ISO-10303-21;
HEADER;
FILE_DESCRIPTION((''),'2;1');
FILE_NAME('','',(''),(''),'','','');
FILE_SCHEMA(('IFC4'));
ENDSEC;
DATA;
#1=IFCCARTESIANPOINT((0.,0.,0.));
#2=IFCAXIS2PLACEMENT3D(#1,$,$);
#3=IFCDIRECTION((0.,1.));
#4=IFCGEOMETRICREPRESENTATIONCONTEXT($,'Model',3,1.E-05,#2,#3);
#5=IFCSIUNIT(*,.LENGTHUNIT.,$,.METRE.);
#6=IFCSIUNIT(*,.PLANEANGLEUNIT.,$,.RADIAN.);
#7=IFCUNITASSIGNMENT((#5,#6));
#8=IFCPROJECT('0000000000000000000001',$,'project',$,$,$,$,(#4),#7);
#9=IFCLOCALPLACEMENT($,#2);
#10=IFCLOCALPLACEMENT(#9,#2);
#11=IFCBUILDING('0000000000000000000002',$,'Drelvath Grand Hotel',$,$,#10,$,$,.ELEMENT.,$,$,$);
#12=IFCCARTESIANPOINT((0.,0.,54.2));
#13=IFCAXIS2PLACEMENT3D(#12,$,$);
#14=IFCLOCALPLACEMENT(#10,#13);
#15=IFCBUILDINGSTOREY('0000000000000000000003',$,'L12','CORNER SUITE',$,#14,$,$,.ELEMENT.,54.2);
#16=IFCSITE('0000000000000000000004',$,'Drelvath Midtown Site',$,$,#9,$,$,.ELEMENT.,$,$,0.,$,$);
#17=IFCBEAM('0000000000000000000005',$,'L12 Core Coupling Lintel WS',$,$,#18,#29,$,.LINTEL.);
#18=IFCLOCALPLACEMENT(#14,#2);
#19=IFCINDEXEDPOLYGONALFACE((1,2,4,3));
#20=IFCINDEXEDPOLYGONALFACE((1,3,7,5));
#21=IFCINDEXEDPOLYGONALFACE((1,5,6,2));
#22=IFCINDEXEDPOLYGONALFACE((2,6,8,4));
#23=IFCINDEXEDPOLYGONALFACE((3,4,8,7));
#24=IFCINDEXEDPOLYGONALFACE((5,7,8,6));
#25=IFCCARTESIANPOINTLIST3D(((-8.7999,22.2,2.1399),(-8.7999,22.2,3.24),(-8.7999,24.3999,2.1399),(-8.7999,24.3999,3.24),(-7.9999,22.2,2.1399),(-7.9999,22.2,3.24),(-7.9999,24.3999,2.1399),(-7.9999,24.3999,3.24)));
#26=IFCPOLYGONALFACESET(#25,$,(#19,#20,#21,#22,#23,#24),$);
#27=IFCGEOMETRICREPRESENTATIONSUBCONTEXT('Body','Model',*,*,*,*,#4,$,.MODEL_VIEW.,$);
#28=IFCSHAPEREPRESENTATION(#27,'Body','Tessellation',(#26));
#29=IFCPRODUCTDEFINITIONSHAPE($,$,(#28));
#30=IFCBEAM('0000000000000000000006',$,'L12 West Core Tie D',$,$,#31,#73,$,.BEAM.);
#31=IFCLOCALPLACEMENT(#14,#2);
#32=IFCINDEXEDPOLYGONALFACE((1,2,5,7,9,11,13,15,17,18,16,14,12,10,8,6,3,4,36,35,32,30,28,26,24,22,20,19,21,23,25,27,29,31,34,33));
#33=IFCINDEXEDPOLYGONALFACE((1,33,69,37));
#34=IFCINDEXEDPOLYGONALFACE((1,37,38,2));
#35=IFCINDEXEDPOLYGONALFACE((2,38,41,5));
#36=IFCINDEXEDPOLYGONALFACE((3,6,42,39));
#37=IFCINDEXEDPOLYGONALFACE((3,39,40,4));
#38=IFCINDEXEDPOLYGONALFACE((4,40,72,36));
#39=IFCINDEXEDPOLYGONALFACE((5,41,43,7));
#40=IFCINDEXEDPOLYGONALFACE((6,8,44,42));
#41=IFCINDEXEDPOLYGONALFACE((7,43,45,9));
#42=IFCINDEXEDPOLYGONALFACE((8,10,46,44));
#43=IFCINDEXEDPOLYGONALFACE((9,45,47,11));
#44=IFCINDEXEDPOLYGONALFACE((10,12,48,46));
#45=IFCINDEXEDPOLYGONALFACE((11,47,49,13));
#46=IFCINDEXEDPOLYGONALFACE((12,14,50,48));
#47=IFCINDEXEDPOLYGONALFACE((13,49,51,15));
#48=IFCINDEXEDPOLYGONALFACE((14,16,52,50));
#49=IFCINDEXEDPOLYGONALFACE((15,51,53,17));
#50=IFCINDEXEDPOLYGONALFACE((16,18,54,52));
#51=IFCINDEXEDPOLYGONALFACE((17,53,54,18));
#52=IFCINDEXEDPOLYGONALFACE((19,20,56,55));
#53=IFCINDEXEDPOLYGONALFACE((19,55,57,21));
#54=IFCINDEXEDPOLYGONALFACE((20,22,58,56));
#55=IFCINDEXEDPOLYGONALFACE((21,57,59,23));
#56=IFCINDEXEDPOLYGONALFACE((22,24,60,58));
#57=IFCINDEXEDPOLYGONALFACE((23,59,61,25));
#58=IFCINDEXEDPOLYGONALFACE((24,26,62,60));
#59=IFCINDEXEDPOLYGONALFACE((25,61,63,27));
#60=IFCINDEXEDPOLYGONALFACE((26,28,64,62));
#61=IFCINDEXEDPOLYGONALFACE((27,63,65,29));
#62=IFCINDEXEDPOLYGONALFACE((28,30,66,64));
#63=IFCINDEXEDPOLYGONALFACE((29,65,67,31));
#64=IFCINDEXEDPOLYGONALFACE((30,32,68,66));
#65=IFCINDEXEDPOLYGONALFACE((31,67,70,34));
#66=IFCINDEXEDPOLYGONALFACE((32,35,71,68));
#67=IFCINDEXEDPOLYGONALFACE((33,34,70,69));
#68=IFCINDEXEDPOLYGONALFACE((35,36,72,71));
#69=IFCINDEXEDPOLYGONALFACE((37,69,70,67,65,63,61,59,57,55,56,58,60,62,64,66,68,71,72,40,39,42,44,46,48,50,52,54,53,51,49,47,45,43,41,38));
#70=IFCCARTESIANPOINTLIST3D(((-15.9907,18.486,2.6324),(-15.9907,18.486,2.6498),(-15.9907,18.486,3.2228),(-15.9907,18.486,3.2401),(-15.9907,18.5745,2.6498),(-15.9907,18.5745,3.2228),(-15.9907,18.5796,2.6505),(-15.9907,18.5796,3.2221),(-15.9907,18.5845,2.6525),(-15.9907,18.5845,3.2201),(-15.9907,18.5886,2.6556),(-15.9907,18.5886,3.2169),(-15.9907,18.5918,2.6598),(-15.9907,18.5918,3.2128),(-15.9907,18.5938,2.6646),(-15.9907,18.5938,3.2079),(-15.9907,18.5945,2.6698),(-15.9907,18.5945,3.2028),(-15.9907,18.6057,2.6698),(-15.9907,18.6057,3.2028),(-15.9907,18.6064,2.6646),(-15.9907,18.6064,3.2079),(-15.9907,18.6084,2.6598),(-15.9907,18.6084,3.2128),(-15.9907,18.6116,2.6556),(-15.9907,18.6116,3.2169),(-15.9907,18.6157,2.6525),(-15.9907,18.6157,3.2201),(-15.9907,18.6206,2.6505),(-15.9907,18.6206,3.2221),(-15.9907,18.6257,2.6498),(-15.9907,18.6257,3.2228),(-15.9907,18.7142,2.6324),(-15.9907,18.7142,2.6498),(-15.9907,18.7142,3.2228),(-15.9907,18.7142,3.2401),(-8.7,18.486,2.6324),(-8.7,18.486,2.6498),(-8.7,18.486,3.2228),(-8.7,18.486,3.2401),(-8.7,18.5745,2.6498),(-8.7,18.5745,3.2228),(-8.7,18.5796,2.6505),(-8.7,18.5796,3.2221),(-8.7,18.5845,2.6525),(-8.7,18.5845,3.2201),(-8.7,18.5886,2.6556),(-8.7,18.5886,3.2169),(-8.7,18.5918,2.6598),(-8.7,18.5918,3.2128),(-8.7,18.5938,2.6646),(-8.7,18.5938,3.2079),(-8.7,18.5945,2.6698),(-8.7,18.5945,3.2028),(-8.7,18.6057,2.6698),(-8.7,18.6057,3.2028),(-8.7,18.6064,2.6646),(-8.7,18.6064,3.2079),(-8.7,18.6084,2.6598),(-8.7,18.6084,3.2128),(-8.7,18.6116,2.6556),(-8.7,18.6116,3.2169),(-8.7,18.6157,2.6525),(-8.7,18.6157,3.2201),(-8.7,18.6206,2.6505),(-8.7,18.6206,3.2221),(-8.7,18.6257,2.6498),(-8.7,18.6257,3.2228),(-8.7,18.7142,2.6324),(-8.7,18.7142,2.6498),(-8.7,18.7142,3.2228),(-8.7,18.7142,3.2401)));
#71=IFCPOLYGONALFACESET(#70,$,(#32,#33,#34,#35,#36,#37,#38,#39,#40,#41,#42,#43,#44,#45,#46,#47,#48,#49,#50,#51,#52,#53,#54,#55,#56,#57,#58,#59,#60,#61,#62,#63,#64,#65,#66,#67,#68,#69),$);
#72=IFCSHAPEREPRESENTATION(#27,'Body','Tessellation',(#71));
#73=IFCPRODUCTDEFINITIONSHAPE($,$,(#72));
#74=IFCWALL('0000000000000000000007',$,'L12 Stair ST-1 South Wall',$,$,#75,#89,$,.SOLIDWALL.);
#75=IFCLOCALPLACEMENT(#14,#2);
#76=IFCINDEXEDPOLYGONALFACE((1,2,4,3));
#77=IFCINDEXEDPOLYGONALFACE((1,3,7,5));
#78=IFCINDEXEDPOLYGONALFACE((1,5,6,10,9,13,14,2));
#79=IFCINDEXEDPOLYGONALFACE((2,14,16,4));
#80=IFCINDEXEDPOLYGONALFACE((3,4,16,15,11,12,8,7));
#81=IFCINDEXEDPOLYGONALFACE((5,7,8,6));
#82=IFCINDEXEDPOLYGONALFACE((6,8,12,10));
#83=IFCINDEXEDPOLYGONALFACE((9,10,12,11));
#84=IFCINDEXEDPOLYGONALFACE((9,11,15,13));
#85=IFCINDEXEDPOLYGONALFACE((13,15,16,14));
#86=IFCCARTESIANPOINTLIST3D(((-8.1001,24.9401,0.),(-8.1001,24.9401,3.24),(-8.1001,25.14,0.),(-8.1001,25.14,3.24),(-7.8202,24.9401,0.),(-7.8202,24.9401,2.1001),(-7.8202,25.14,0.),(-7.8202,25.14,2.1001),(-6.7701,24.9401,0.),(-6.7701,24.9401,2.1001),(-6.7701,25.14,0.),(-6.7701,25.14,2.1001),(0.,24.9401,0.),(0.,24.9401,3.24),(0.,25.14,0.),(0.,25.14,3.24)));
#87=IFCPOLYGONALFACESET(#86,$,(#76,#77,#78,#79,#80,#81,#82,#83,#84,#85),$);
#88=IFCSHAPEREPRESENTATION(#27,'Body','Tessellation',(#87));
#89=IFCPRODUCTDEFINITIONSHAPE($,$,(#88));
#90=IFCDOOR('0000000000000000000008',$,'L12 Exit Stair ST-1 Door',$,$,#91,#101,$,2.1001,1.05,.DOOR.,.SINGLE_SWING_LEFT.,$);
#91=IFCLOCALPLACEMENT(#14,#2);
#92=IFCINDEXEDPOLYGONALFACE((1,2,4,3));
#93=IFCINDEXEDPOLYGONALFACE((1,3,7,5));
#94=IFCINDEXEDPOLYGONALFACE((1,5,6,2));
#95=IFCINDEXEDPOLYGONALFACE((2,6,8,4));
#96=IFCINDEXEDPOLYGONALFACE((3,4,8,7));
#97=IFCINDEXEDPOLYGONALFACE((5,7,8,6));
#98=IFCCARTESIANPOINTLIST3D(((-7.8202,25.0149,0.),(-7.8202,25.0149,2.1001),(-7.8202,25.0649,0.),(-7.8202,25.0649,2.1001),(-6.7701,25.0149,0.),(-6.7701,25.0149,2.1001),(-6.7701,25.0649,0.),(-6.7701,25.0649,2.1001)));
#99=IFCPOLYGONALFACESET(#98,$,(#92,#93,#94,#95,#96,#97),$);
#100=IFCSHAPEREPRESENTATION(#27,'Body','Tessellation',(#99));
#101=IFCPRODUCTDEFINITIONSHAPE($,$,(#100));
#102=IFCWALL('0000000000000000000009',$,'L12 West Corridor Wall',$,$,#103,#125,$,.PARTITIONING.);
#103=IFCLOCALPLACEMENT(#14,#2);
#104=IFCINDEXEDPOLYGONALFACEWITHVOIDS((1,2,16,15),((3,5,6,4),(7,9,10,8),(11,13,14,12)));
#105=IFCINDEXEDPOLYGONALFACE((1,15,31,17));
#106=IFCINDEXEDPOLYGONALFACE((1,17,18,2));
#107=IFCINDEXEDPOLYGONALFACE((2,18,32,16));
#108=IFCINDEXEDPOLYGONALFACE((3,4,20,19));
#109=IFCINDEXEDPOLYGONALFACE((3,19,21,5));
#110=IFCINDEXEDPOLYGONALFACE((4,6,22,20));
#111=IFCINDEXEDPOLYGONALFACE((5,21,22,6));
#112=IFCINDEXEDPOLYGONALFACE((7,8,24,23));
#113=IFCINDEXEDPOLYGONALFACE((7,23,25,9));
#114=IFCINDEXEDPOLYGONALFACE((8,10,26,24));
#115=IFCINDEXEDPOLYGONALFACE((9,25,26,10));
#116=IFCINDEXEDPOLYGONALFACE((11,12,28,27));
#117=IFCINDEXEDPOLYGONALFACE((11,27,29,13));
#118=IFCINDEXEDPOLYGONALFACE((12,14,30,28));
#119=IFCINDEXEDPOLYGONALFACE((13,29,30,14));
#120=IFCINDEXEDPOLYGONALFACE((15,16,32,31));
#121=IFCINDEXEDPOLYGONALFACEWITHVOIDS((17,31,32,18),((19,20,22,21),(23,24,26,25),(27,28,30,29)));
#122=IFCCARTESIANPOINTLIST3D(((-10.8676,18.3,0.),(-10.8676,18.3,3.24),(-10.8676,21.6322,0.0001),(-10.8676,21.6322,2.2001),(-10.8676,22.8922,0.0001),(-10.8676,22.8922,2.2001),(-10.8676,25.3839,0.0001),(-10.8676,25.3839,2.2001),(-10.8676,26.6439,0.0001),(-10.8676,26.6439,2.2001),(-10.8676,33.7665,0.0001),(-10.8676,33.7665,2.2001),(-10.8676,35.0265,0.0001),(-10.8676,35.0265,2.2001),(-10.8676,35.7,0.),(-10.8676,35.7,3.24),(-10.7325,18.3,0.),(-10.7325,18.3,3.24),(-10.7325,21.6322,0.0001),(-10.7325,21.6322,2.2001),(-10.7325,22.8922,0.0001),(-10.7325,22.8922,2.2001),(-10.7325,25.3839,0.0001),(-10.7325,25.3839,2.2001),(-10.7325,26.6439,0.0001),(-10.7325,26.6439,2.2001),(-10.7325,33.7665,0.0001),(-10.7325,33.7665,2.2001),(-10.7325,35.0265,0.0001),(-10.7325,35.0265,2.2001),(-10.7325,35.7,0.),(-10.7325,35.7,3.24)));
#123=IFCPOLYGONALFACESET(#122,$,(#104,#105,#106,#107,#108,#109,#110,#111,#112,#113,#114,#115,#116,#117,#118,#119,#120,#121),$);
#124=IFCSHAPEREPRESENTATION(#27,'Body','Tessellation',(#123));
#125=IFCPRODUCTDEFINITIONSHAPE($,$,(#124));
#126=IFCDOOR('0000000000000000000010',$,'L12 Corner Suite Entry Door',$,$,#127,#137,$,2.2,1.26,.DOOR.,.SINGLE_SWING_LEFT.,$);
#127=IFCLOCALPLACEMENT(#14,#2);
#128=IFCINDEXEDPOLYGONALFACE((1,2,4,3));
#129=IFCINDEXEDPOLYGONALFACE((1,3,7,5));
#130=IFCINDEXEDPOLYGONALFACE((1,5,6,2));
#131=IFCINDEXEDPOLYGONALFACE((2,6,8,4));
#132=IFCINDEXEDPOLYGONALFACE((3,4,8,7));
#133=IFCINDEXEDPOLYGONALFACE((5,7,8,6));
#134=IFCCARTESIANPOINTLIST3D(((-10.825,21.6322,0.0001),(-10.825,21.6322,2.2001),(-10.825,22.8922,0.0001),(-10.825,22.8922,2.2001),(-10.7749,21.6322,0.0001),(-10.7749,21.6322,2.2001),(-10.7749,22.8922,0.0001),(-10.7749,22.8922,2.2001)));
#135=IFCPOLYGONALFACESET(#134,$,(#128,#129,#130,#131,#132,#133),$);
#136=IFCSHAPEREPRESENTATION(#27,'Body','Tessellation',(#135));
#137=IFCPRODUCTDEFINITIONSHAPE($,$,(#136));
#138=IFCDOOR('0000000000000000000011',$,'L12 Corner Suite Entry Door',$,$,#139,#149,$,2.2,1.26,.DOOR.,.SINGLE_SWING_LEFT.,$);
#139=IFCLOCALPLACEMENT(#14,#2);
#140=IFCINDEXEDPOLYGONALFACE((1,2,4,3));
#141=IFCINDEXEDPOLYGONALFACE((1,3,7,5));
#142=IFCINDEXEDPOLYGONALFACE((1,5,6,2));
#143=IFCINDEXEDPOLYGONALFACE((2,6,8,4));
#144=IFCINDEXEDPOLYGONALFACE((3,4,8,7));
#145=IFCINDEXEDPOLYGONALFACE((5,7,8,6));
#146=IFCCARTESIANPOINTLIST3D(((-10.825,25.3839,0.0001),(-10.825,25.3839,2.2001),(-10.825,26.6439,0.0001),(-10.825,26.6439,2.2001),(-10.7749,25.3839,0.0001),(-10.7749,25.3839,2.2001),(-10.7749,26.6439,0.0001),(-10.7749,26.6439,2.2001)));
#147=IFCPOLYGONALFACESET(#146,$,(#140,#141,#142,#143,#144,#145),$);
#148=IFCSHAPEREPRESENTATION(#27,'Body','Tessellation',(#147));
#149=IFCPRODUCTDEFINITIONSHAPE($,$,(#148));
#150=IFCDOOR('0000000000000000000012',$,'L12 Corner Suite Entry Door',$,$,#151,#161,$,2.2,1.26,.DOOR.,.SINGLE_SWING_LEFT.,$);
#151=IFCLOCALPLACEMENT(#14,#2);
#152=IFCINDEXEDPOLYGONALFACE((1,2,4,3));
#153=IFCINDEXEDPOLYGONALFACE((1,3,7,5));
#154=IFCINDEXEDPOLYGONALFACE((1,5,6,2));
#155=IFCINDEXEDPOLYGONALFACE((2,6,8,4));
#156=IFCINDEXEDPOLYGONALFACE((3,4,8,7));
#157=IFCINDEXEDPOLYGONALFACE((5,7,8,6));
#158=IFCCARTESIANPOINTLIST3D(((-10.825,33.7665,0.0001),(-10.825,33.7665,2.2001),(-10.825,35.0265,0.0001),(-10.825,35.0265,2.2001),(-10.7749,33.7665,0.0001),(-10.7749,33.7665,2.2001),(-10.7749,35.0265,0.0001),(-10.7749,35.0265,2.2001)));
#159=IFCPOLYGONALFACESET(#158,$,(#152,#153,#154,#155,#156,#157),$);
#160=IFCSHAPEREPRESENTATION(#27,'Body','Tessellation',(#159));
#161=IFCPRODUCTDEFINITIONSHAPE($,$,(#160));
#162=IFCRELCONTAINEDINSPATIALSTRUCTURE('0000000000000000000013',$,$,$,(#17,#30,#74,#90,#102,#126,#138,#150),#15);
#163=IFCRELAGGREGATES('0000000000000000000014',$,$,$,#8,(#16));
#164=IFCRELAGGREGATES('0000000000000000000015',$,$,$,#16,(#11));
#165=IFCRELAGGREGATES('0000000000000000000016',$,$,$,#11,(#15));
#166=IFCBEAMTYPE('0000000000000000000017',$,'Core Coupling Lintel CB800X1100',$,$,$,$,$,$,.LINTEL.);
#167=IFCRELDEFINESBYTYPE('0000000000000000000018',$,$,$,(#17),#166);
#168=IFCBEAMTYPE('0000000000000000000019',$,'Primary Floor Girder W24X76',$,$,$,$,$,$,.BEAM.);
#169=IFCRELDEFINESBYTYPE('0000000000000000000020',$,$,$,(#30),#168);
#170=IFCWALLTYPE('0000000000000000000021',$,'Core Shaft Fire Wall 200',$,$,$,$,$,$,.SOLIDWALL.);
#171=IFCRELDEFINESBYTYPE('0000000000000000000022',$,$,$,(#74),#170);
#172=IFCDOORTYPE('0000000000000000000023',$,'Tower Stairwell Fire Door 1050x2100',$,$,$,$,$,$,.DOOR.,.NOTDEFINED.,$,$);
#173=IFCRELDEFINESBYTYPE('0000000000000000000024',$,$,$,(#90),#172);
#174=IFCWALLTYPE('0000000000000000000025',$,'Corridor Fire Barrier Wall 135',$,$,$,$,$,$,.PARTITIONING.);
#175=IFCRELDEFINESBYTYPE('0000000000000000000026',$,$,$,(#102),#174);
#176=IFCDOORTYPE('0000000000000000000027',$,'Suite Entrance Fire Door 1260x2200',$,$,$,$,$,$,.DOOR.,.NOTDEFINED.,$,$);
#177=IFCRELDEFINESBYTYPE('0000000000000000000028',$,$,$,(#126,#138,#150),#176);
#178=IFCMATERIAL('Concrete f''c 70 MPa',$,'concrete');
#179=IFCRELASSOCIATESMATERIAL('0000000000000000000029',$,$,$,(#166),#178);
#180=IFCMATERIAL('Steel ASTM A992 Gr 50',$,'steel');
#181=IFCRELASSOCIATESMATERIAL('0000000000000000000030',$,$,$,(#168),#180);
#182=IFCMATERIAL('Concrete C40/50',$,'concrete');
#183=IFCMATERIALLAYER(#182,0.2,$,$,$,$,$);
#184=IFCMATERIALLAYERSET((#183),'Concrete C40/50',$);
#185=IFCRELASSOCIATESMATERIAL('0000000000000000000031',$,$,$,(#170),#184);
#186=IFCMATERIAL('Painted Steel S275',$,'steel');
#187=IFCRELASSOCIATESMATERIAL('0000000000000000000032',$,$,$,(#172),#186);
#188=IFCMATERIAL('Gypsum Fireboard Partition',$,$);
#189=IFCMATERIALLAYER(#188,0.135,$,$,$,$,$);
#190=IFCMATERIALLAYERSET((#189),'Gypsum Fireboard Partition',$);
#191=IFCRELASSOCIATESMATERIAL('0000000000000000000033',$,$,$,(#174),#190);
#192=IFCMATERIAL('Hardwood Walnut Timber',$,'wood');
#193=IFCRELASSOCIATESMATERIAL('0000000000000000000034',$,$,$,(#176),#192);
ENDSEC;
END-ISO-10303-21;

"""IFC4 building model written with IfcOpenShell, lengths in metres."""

from ifc_helpers import new_model, si_unit, direction, frame, frame_2d, origin, origin_2d, place, context, subcontext, project, spatial, rectangle, i_section, extrude, material, layer, layer_set, material_profile, profile_set, type_object, element, fill, save


model = new_model("IFC4")

# Units and contexts
model_context = context("Model", 3, precision=1e-05, world=origin(), true_north=direction((0.0, 1.0)))
body_context = subcontext(model_context, "Body", "Model", "MODEL_VIEW")
ifc_project = project(units=[si_unit("LENGTHUNIT", "METRE"), si_unit("PLANEANGLEUNIT", "RADIAN")], contexts=[model_context])

# Site, building, storey
site_placement = place(None, origin())
site = spatial("IfcSite", under=ifc_project, at=site_placement, Name="Drelvath Midtown Site", CompositionType="ELEMENT", RefElevation=0.0)
building_placement = place(site_placement, origin())
building = spatial("IfcBuilding", under=site, at=building_placement, Name="Drelvath Grand Hotel", CompositionType="ELEMENT")
storey_placement = place(building_placement, frame((0.0, 0.0, 54.2)))
storey = spatial("IfcBuildingStorey", under=building, at=storey_placement, Name="L12", Description="CORNER SUITE", CompositionType="ELEMENT", Elevation=54.2)

# Beams
ifc_material_1 = material(Name="Concrete f'c 70 MPa", Category="concrete")
ifc_material_profile_1 = material_profile(ifc_material_1, rectangle(XDim=0.8, YDim=1.1001, at=origin_2d()), Name="CB800X1100")
ifc_profile_set_1 = profile_set([ifc_material_profile_1], Name="Concrete f'c 70 MPa")
beam_type_1 = type_object("IfcBeamType", Name="Core Coupling Lintel CB800X1100", PredefinedType="LINTEL", material=ifc_profile_set_1)
beam_1_placement = place(storey_placement, frame((-8.3999, 22.2, 2.6899), z_axis=(0.0, 1.0, 0.0), x_axis=(-1.0, 0.0, 0.0)))
element("IfcBeam", 1, at=beam_1_placement, inside=storey, type_object=beam_type_1, Name="L12 Core Coupling Lintel WS", PredefinedType="LINTEL", context=body_context, shape_type="SweptSolid", body=[
    extrude(rectangle(XDim=0.8, YDim=1.1001, at=origin_2d()), origin(), (0.0, 0.0, 1.0), 2.2),
])
ifc_material_2 = material(Name="Steel ASTM A992 Gr 50", Category="steel")
ifc_material_profile_2 = material_profile(ifc_material_2, i_section(OverallWidth=0.2283, OverallDepth=0.6077, WebThickness=0.0112, FlangeThickness=0.0173, FilletRadius=0.02, at=origin_2d()), Name="W24X76")
ifc_profile_set_2 = profile_set([ifc_material_profile_2], Name="Steel ASTM A992 Gr 50")
beam_type_2 = type_object("IfcBeamType", Name="Primary Floor Girder W24X76", PredefinedType="BEAM", material=ifc_profile_set_2)
beam_2_placement = place(storey_placement, frame((-15.9907, 18.6001, 2.9363), z_axis=(1.0, 0.0, 0.0), x_axis=(0.0, 1.0, 0.0)))
element("IfcBeam", 2, at=beam_2_placement, inside=storey, type_object=beam_type_2, Name="L12 West Core Tie D", PredefinedType="BEAM", context=body_context, shape_type="SweptSolid", body=[
    extrude(i_section(OverallWidth=0.2283, OverallDepth=0.6077, WebThickness=0.0112, FlangeThickness=0.0173, FilletRadius=0.02, at=origin_2d()), origin(), (0.0, 0.0, 1.0), 7.2908),
])

# Wall, opening, door
ifc_material_3 = material(Name="Concrete C40/50", Category="concrete")
ifc_layer_1 = layer(ifc_material_3, 0.2)
ifc_layer_set_1 = layer_set([ifc_layer_1], Name="Concrete C40/50")
wall_type_1 = type_object("IfcWallType", Name="Core Shaft Fire Wall 200", PredefinedType="SOLIDWALL", material=ifc_layer_set_1)
wall_1_placement = place(storey_placement, frame((-8.1001, 25.04, 0.0), z_axis=(0.0, 0.0, 1.0), x_axis=(1.0, 0.0, 0.0)))
wall_1 = element("IfcWall", 3, at=wall_1_placement, inside=storey, type_object=wall_type_1, Name="L12 Stair ST-1 South Wall", PredefinedType="SOLIDWALL", context=body_context, shape_type="SweptSolid", body=[
    extrude(rectangle(XDim=8.1001, YDim=0.2, at=frame_2d((4.05, 0.0))), origin(), (0.0, 0.0, 1.0), 3.24),
])
opening_1_placement = place(wall_1_placement, frame((0.28, 0.0, 0.0)))
opening_1 = element("IfcOpeningElement", 4, at=opening_1_placement, cuts=wall_1, PredefinedType="OPENING", context=body_context, shape_type="SweptSolid", body=[
    extrude(rectangle(XDim=1.05, YDim=2.1001, at=frame_2d((0.5249, 1.05))), frame((0.0, 0.1099, 0.0), z_axis=(0.0, -1.0, 0.0), x_axis=(1.0, 0.0, 0.0)), (0.0, 0.0, 1.0), 0.22),
])
ifc_material_4 = material(Name="Painted Steel S275", Category="steel")
door_type_1 = type_object("IfcDoorType", Name="Tower Stairwell Fire Door 1050x2100", OperationType="NOTDEFINED", PredefinedType="DOOR", material=ifc_material_4)
door_1_placement = place(opening_1_placement, origin())
door_1 = element("IfcDoor", 5, at=door_1_placement, inside=storey, type_object=door_type_1, Name="L12 Exit Stair ST-1 Door", OperationType="SINGLE_SWING_LEFT", OverallHeight=2.1001, OverallWidth=1.05, PredefinedType="DOOR", context=body_context, shape_type="SweptSolid", body=[
    extrude(rectangle(XDim=1.05, YDim=2.1001, at=frame_2d((0.5249, 1.05))), frame((0.0, 0.0249, 0.0), z_axis=(0.0, -1.0, 0.0), x_axis=(1.0, 0.0, 0.0)), (0.0, 0.0, 1.0), 0.05),
])
fill(opening_1, door_1)

# Wall, openings, doors
ifc_material_5 = material(Name="Gypsum Fireboard Partition")
ifc_layer_2 = layer(ifc_material_5, 0.135)
ifc_layer_set_2 = layer_set([ifc_layer_2], Name="Gypsum Fireboard Partition")
wall_type_2 = type_object("IfcWallType", Name="Corridor Fire Barrier Wall 135", PredefinedType="PARTITIONING", material=ifc_layer_set_2)
wall_2_placement = place(storey_placement, frame((-10.8, 18.3, 0.0), z_axis=(0.0, 0.0, 1.0), x_axis=(0.0, 1.0, 0.0)))
wall_2 = element("IfcWall", 6, at=wall_2_placement, inside=storey, type_object=wall_type_2, Name="L12 West Corridor Wall", PredefinedType="PARTITIONING", context=body_context, shape_type="SweptSolid", body=[
    extrude(rectangle(XDim=17.3999, YDim=0.135, at=frame_2d((8.7, 0.0))), origin(), (0.0, 0.0, 1.0), 3.24),
])
opening_2_placement = place(wall_2_placement, frame((3.3323, 0.0, 0.0)))
opening_2 = element("IfcOpeningElement", 7, at=opening_2_placement, cuts=wall_2, PredefinedType="OPENING", context=body_context, shape_type="SweptSolid", body=[
    extrude(rectangle(XDim=1.26, YDim=2.2, at=frame_2d((0.6299, 1.1001))), frame((0.0, 0.0774, 0.0), z_axis=(0.0, -1.0, 0.0), x_axis=(1.0, 0.0, 0.0)), (0.0, 0.0, 1.0), 0.155),
])
opening_3_placement = place(wall_2_placement, frame((7.084, 0.0, 0.0)))
opening_3 = element("IfcOpeningElement", 8, at=opening_3_placement, cuts=wall_2, PredefinedType="OPENING", context=body_context, shape_type="SweptSolid", body=[
    extrude(rectangle(XDim=1.26, YDim=2.2, at=frame_2d((0.6299, 1.1001))), frame((0.0, 0.0774, 0.0), z_axis=(0.0, -1.0, 0.0), x_axis=(1.0, 0.0, 0.0)), (0.0, 0.0, 1.0), 0.155),
])
opening_4_placement = place(wall_2_placement, frame((15.4666, 0.0, 0.0)))
opening_4 = element("IfcOpeningElement", 9, at=opening_4_placement, cuts=wall_2, PredefinedType="OPENING", context=body_context, shape_type="SweptSolid", body=[
    extrude(rectangle(XDim=1.26, YDim=2.2, at=frame_2d((0.6299, 1.1001))), frame((0.0, 0.0774, 0.0), z_axis=(0.0, -1.0, 0.0), x_axis=(1.0, 0.0, 0.0)), (0.0, 0.0, 1.0), 0.155),
])
ifc_material_6 = material(Name="Hardwood Walnut Timber", Category="wood")
door_type_2 = type_object("IfcDoorType", Name="Suite Entrance Fire Door 1260x2200", OperationType="NOTDEFINED", PredefinedType="DOOR", material=ifc_material_6)
door_2_placement = place(opening_2_placement, origin())
door_2 = element("IfcDoor", 10, at=door_2_placement, inside=storey, type_object=door_type_2, Name="L12 Corner Suite Entry Door", OperationType="SINGLE_SWING_LEFT", OverallHeight=2.2, OverallWidth=1.26, PredefinedType="DOOR", context=body_context, shape_type="SweptSolid", body=[
    extrude(rectangle(XDim=1.26, YDim=2.2, at=frame_2d((0.6299, 1.1001))), frame((0.0, 0.0249, 0.0), z_axis=(0.0, -1.0, 0.0), x_axis=(1.0, 0.0, 0.0)), (0.0, 0.0, 1.0), 0.05),
])
fill(opening_2, door_2)
door_3_placement = place(opening_3_placement, origin())
door_3 = element("IfcDoor", 11, at=door_3_placement, inside=storey, type_object=door_type_2, Name="L12 Corner Suite Entry Door", OperationType="SINGLE_SWING_LEFT", OverallHeight=2.2, OverallWidth=1.26, PredefinedType="DOOR", context=body_context, shape_type="SweptSolid", body=[
    extrude(rectangle(XDim=1.26, YDim=2.2, at=frame_2d((0.6299, 1.1001))), frame((0.0, 0.0249, 0.0), z_axis=(0.0, -1.0, 0.0), x_axis=(1.0, 0.0, 0.0)), (0.0, 0.0, 1.0), 0.05),
])
fill(opening_3, door_3)
door_4_placement = place(opening_4_placement, origin())
door_4 = element("IfcDoor", 12, at=door_4_placement, inside=storey, type_object=door_type_2, Name="L12 Corner Suite Entry Door", OperationType="SINGLE_SWING_LEFT", OverallHeight=2.2, OverallWidth=1.26, PredefinedType="DOOR", context=body_context, shape_type="SweptSolid", body=[
    extrude(rectangle(XDim=1.26, YDim=2.2, at=frame_2d((0.6299, 1.1001))), frame((0.0, 0.0249, 0.0), z_axis=(0.0, -1.0, 0.0), x_axis=(1.0, 0.0, 0.0)), (0.0, 0.0, 1.0), 0.05),
])
fill(opening_4, door_4)

save(model, "model.ifc")
